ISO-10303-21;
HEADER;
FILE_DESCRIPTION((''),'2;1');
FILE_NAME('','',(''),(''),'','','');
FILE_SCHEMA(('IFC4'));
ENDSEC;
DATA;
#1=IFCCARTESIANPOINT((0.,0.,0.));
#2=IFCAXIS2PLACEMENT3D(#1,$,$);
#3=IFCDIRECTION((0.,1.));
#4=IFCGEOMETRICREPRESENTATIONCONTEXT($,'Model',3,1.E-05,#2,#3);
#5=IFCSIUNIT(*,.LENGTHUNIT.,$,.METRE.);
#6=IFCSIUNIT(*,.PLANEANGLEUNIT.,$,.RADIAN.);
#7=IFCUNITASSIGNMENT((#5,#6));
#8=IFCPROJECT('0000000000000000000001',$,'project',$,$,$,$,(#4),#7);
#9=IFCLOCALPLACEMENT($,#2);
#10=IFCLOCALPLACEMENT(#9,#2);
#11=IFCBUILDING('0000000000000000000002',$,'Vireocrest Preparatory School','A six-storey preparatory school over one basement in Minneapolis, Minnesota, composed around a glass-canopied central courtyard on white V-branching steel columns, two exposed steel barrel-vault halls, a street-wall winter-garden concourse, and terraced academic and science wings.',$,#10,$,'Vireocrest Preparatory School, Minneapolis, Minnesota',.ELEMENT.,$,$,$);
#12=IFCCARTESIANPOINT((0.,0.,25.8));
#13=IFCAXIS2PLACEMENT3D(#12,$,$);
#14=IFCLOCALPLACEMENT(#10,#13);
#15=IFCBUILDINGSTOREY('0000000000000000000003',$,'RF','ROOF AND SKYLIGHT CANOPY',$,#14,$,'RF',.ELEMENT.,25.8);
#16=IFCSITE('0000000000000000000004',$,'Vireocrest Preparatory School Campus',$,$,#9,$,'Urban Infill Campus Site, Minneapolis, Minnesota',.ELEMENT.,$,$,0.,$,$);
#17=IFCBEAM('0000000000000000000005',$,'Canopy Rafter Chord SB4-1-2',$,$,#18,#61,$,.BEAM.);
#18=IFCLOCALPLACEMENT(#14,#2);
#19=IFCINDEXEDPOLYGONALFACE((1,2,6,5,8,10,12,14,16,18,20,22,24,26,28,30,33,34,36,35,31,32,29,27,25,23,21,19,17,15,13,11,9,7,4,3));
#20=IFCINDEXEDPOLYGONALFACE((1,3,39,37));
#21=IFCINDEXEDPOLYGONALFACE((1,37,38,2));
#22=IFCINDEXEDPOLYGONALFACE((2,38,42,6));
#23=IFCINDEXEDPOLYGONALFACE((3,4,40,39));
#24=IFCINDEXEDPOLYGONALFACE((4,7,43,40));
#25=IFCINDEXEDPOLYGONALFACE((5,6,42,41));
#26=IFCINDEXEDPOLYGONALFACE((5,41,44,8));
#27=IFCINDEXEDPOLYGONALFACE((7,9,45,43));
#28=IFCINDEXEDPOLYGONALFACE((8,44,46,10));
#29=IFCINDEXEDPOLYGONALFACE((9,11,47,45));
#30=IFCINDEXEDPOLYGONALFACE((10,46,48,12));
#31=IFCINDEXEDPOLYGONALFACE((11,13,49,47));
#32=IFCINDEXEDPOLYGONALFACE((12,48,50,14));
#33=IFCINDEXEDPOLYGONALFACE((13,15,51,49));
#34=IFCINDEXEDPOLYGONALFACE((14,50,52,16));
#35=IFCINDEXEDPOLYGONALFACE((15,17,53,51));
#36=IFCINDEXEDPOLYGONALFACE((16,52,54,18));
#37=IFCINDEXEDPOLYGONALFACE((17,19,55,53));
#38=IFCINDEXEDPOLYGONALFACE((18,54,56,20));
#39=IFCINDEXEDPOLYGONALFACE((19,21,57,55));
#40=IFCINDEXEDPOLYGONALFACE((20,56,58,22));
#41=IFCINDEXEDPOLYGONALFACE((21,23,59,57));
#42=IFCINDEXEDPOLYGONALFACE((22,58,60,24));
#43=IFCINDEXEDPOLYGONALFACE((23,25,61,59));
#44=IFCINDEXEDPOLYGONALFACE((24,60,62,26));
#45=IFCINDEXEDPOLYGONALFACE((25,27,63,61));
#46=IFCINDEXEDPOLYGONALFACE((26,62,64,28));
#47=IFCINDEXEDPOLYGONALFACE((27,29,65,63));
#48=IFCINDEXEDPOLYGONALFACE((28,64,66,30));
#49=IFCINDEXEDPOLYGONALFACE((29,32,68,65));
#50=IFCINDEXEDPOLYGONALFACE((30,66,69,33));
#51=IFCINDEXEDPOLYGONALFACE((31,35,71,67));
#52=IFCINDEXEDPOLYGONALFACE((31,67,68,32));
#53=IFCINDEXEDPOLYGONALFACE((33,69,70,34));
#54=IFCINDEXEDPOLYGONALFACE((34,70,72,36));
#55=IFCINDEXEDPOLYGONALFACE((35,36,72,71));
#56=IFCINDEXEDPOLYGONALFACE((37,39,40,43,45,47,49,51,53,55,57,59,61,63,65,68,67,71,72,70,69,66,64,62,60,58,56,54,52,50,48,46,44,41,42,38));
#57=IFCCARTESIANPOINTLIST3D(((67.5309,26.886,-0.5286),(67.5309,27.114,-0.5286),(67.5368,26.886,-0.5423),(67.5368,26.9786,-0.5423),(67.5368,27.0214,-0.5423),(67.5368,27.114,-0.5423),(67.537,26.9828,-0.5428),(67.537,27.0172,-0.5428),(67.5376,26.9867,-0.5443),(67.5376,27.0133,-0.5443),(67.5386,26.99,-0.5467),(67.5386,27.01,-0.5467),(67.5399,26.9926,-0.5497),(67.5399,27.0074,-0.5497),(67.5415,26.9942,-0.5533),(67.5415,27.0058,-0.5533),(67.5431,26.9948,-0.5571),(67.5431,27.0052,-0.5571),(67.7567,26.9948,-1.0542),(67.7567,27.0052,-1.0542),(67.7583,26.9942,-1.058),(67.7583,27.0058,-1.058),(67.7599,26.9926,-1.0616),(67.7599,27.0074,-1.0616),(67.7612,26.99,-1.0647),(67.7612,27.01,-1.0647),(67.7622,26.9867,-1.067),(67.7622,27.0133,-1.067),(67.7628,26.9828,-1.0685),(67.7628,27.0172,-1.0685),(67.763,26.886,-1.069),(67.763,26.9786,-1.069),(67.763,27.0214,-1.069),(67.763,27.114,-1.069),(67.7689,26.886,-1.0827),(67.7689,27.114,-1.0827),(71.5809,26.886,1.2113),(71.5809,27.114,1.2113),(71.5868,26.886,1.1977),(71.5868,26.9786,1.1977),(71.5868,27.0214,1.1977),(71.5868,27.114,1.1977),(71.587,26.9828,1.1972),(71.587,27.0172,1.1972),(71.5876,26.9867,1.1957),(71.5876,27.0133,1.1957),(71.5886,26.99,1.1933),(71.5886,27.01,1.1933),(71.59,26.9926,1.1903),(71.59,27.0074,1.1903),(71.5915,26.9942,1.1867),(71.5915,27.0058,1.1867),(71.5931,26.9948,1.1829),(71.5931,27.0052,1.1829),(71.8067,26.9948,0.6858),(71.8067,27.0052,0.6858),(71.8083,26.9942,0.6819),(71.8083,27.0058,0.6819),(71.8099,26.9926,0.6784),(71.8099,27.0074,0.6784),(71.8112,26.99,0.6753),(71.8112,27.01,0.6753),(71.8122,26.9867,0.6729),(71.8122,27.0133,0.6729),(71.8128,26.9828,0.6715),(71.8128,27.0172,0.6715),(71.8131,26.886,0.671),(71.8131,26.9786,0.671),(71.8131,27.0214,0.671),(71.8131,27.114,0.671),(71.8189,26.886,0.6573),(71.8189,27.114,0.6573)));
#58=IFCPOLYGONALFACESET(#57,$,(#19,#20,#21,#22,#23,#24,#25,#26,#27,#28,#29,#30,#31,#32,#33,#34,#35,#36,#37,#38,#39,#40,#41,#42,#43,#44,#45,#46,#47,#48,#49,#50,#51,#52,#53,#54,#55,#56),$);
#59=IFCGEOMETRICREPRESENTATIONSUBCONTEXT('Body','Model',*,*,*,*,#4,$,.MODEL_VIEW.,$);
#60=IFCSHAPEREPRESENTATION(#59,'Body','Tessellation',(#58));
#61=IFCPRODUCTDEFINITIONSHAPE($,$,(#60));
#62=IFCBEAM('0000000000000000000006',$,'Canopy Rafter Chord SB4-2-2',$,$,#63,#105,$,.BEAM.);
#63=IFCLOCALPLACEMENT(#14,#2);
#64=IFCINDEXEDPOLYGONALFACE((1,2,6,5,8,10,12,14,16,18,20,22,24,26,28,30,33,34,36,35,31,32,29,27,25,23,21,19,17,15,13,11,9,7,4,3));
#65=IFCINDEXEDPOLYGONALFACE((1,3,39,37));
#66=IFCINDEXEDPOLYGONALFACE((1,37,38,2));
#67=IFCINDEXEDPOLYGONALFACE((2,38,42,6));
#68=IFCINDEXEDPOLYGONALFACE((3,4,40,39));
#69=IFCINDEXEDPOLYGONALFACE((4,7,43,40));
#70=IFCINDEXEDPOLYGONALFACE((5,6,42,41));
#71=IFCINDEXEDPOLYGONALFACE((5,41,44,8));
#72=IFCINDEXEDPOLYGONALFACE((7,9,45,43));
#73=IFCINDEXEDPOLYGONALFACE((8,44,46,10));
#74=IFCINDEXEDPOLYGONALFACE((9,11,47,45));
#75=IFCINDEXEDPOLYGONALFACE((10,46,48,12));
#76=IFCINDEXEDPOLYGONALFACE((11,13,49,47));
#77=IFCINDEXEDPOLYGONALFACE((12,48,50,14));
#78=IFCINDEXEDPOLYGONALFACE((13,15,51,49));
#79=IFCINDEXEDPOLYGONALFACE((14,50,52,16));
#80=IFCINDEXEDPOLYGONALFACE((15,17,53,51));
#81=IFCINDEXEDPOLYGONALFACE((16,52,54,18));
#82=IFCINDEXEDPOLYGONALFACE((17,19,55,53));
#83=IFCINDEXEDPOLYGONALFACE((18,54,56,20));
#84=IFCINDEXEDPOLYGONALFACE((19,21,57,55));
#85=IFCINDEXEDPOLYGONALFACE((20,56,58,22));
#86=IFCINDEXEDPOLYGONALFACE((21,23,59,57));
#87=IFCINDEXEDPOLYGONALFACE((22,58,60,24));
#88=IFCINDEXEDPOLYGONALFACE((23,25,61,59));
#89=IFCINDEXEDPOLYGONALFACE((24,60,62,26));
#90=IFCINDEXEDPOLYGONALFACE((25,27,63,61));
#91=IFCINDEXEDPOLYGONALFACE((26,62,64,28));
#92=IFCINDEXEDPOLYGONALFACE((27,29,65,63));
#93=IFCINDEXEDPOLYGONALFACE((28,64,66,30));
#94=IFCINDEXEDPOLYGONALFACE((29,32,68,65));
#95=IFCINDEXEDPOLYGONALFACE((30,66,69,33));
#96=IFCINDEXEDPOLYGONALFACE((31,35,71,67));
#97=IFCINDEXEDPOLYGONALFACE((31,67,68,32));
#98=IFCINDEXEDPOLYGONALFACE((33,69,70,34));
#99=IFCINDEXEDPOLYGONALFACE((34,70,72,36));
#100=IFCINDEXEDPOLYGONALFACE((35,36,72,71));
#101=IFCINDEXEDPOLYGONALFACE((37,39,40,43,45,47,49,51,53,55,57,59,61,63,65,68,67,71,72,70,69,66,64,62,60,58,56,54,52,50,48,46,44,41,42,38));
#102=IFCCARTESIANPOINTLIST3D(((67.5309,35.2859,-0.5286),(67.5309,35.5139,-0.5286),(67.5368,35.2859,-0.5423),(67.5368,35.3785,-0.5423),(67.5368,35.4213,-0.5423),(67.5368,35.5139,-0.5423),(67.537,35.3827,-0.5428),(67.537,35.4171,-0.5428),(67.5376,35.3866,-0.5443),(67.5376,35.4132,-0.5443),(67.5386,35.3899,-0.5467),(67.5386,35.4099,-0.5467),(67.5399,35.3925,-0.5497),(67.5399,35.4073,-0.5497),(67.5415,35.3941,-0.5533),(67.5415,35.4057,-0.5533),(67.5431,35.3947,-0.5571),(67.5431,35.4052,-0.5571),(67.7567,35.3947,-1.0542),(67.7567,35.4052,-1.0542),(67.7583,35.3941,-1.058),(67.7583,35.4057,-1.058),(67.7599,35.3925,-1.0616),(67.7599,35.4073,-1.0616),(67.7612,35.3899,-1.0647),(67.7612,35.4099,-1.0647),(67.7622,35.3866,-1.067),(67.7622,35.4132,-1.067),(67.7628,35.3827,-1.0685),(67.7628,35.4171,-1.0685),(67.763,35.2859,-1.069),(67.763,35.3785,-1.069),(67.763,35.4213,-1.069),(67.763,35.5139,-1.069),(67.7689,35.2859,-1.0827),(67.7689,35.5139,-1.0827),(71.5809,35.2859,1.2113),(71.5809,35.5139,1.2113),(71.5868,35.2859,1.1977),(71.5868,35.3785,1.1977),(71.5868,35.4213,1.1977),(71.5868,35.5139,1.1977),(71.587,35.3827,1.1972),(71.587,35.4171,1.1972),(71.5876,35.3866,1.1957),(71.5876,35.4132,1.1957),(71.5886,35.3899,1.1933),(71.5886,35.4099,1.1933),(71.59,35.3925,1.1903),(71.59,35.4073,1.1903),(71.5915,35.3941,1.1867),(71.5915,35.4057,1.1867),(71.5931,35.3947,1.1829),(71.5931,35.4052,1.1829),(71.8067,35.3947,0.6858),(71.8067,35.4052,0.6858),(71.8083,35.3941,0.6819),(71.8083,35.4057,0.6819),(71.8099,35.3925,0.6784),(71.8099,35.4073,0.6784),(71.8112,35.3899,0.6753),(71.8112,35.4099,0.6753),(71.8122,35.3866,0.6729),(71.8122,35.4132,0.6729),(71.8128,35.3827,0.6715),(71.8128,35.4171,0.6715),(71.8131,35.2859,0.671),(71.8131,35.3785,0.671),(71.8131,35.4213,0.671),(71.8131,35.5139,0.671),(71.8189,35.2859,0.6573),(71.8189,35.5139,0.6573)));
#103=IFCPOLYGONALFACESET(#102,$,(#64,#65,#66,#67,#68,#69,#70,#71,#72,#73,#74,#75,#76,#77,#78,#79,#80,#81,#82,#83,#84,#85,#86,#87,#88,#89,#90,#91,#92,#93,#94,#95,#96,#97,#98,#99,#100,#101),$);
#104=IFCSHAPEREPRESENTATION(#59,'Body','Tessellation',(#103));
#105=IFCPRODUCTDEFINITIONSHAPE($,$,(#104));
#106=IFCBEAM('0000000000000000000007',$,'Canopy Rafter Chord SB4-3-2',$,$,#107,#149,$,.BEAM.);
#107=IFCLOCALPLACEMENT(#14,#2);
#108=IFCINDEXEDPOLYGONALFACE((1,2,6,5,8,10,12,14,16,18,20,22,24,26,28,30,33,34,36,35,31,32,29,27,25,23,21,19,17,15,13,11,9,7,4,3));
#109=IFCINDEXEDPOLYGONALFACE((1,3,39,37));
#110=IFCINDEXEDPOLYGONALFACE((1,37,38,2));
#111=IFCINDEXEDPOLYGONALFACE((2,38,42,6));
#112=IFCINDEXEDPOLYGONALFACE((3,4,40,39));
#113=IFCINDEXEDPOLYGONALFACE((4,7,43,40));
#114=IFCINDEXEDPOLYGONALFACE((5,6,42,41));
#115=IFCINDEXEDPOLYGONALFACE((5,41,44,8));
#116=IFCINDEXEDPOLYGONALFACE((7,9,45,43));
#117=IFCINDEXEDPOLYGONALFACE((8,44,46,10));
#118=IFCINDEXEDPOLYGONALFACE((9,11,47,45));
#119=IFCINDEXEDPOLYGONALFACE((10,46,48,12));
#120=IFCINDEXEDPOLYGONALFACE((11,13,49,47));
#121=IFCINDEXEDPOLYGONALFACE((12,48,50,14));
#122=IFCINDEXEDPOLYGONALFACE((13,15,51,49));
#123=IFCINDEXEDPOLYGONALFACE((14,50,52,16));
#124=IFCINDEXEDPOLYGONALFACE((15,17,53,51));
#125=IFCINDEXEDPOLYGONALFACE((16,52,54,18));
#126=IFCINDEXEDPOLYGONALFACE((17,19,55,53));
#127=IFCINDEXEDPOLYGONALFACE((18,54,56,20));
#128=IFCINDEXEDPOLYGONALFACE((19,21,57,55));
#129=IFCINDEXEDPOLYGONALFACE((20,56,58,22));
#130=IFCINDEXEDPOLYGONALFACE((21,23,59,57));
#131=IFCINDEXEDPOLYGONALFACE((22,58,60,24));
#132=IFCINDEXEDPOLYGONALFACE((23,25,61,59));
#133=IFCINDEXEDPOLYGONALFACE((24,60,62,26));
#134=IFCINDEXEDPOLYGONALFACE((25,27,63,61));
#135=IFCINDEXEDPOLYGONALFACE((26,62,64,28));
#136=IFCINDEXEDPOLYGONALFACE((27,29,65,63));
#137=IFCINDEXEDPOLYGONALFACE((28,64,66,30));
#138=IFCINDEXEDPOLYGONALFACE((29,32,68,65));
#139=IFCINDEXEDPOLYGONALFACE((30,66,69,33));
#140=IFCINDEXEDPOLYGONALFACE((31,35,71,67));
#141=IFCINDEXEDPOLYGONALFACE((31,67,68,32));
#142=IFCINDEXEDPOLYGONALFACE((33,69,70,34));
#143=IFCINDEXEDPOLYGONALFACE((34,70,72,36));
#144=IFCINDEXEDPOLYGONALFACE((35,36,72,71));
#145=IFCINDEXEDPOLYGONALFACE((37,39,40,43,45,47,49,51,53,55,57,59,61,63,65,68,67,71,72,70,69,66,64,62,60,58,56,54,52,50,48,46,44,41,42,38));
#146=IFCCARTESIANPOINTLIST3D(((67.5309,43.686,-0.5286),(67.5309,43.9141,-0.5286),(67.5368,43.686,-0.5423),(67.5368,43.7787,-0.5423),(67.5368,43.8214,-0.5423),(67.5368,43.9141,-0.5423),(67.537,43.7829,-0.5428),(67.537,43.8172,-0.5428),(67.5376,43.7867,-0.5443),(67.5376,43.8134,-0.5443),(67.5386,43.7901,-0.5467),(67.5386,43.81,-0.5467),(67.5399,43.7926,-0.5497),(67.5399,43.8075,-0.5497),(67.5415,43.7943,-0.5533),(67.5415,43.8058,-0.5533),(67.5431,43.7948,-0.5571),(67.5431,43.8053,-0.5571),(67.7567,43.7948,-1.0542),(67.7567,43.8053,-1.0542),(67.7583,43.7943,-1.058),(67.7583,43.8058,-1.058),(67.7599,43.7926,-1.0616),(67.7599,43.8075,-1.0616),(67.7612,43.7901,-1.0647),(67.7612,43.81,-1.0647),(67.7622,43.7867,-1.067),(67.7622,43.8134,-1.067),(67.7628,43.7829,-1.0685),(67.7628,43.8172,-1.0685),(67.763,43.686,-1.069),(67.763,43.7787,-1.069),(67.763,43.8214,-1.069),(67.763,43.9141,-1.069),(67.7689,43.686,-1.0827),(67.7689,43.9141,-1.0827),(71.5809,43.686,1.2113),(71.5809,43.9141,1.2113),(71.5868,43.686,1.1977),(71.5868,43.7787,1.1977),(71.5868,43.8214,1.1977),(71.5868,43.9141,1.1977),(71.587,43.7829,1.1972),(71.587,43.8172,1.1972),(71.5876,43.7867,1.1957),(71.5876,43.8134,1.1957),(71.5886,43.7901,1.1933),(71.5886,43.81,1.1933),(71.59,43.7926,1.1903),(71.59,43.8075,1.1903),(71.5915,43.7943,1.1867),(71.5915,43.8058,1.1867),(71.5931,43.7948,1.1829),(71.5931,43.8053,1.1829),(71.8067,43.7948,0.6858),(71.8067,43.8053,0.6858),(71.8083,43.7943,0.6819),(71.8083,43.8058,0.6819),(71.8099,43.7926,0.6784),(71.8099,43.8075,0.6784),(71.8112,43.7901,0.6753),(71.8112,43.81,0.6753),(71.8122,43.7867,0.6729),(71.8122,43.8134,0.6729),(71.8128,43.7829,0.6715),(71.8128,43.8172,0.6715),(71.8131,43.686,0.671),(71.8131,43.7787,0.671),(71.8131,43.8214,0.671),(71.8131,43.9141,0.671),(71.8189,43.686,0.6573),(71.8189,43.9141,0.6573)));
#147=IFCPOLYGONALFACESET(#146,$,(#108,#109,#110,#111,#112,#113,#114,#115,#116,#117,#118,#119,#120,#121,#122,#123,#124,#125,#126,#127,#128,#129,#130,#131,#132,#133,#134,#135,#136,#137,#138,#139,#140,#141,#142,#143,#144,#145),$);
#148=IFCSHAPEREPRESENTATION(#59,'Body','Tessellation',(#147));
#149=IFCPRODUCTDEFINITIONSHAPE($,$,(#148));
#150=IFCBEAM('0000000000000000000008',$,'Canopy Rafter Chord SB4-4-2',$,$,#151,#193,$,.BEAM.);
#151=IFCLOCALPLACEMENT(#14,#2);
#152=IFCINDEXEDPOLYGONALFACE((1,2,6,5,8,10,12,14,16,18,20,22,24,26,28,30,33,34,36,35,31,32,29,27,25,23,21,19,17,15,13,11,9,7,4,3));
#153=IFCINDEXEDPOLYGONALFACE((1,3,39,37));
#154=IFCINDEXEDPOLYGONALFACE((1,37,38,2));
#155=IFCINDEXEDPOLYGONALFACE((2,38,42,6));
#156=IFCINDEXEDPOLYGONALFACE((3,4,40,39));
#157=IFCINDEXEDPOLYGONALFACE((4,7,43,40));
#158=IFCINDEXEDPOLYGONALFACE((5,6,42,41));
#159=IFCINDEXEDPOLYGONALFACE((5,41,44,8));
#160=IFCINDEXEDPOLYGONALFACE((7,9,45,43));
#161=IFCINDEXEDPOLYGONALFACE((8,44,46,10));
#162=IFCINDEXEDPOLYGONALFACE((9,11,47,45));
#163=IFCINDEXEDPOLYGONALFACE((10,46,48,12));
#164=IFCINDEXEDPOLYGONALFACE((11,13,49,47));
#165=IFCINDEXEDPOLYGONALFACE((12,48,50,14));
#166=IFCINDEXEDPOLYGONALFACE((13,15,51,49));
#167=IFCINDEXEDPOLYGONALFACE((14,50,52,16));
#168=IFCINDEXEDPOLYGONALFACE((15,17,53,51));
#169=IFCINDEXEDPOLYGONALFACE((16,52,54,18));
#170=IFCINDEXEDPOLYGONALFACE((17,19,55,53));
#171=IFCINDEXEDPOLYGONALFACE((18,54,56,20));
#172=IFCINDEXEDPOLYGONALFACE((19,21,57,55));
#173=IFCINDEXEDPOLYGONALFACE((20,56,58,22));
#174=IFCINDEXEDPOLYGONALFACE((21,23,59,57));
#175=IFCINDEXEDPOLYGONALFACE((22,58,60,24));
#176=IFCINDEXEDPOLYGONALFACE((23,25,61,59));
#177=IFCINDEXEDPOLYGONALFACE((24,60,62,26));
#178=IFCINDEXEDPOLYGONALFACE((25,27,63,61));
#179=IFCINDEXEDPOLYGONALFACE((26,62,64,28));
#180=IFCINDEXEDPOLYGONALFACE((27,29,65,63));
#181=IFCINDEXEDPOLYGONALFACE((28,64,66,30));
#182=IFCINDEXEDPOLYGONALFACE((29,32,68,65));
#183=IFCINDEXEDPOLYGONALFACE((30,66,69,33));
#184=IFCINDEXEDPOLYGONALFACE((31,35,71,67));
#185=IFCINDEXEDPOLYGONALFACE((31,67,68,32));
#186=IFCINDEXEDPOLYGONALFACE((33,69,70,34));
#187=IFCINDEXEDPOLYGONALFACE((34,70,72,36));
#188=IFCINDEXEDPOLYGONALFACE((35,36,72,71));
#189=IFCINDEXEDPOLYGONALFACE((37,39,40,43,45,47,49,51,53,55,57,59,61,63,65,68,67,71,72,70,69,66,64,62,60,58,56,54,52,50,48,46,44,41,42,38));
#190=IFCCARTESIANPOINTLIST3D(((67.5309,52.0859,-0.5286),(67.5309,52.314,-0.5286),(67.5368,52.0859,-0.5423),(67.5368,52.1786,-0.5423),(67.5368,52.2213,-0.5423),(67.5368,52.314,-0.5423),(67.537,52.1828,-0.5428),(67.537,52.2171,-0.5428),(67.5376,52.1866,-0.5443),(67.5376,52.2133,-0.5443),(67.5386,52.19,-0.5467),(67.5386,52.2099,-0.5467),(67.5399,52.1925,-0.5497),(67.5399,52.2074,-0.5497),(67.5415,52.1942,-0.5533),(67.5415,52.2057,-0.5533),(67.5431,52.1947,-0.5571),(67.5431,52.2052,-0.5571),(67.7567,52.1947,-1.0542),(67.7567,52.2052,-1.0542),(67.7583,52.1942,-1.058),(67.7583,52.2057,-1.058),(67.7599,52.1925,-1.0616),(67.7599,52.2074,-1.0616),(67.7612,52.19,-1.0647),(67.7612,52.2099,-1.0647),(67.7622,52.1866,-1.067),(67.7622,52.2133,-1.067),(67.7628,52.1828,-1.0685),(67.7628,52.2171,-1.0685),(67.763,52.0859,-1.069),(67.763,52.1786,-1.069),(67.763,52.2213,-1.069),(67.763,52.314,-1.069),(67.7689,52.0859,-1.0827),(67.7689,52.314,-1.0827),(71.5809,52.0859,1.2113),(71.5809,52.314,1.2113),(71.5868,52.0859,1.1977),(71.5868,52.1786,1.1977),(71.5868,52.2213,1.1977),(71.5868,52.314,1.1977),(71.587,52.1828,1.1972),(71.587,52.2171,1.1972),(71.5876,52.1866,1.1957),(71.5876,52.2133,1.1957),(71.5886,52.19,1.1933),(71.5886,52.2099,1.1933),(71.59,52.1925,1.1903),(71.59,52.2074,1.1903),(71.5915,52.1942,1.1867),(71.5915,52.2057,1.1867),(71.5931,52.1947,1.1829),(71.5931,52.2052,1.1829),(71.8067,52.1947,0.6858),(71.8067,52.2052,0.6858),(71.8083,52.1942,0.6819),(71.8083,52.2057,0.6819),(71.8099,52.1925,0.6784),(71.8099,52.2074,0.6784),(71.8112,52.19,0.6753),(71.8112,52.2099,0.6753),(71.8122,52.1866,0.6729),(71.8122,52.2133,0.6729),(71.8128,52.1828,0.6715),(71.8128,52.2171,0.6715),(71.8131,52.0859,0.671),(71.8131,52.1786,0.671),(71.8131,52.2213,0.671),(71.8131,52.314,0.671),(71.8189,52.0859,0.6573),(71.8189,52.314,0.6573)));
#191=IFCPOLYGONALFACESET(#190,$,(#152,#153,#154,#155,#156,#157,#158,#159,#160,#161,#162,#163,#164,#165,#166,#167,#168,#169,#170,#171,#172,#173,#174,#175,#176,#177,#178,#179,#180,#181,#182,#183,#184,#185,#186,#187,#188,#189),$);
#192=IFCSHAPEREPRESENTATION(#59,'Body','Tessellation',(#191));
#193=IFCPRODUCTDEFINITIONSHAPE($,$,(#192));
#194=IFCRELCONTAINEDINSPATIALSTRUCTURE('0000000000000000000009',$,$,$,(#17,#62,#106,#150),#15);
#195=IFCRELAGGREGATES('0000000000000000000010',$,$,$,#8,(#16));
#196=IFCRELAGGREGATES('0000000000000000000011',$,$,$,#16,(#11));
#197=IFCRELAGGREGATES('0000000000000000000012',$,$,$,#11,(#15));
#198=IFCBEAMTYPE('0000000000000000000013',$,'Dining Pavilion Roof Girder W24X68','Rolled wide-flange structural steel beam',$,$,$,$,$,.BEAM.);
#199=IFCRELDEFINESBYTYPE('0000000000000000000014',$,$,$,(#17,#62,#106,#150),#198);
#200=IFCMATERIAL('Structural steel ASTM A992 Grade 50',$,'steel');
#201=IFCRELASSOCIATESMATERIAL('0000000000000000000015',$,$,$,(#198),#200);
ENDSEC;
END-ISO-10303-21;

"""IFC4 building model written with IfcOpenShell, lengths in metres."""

from ifc_helpers import new_model, si_unit, direction, frame, origin, origin_2d, place, context, subcontext, project, spatial, i_section, extrude, material, material_profile, profile_set, type_object, element, save


model = new_model("IFC4")

# Units and contexts
model_context = context("Model", 3, precision=1e-05, world=origin(), true_north=direction((0.0, 1.0)))
body_context = subcontext(model_context, "Body", "Model", "MODEL_VIEW")
ifc_project = project(units=[si_unit("LENGTHUNIT", "METRE"), si_unit("PLANEANGLEUNIT", "RADIAN")], contexts=[model_context])

# Site, building, storey
site_placement = place(None, origin())
site = spatial("IfcSite", under=ifc_project, at=site_placement, Name="Vireocrest Preparatory School Campus", LongName="Urban Infill Campus Site, Minneapolis, Minnesota", CompositionType="ELEMENT", RefElevation=0.0)
building_placement = place(site_placement, origin())
building = spatial("IfcBuilding", under=site, at=building_placement, Name="Vireocrest Preparatory School", Description="A six-storey preparatory school over one basement in Minneapolis, Minnesota, composed around a glass-canopied central courtyard on white V-branching steel columns, two exposed steel barrel-vault halls, a street-wall winter-garden concourse, and terraced academic and science wings.", LongName="Vireocrest Preparatory School, Minneapolis, Minnesota", CompositionType="ELEMENT")
storey_placement = place(building_placement, frame((0.0, 0.0, 25.8)))
storey = spatial("IfcBuildingStorey", under=building, at=storey_placement, Name="RF", Description="ROOF AND SKYLIGHT CANOPY", LongName="RF", CompositionType="ELEMENT", Elevation=25.8)

# Beams
ifc_material_1 = material(Name="Structural steel ASTM A992 Grade 50", Category="steel")
ifc_material_profile_1 = material_profile(ifc_material_1, i_section(OverallWidth=0.228, OverallDepth=0.603, WebThickness=0.0105, FlangeThickness=0.0149, FilletRadius=0.0161, at=origin_2d()), Name="W24X68")
ifc_profile_set_1 = profile_set([ifc_material_profile_1], Name="Structural steel ASTM A992 Grade 50")
beam_type_1 = type_object("IfcBeamType", Name="Dining Pavilion Roof Girder W24X68", Description="Rolled wide-flange structural steel beam", PredefinedType="BEAM", material=ifc_profile_set_1)
for number, where, z_axis, x_axis, name in (
    (1, (67.6499, 27.0, -0.8057), (0.918795, 0.0, 0.394735), (0.0, 1.0, 0.0), "Canopy Rafter Chord SB4-1-2"),
    (2, (67.6499, 35.3999, -0.8057), (0.918795, 0.0, 0.394735), (0.0, 1.0, 0.0), "Canopy Rafter Chord SB4-2-2"),
    (3, (67.6499, 43.8, -0.8057), (0.918795, 0.0, 0.394735), (0.0, 1.0, 0.0), "Canopy Rafter Chord SB4-3-2"),
    (4, (67.6499, 52.2, -0.8057), (0.918795, 0.0, 0.394735), (0.0, 1.0, 0.0), "Canopy Rafter Chord SB4-4-2"),
):
    element("IfcBeam", number, at=place(storey_placement, frame(where, z_axis=z_axis, x_axis=x_axis)), inside=storey, type_object=beam_type_1, Name=name, PredefinedType="BEAM", context=body_context, shape_type="SweptSolid", body=[
        extrude(i_section(OverallWidth=0.228, OverallDepth=0.603, WebThickness=0.0105, FlangeThickness=0.0149, FilletRadius=0.0161, at=origin_2d()), origin(), (0.0, 0.0, 1.0), 4.408),
    ])

save(model, "model.ifc")
